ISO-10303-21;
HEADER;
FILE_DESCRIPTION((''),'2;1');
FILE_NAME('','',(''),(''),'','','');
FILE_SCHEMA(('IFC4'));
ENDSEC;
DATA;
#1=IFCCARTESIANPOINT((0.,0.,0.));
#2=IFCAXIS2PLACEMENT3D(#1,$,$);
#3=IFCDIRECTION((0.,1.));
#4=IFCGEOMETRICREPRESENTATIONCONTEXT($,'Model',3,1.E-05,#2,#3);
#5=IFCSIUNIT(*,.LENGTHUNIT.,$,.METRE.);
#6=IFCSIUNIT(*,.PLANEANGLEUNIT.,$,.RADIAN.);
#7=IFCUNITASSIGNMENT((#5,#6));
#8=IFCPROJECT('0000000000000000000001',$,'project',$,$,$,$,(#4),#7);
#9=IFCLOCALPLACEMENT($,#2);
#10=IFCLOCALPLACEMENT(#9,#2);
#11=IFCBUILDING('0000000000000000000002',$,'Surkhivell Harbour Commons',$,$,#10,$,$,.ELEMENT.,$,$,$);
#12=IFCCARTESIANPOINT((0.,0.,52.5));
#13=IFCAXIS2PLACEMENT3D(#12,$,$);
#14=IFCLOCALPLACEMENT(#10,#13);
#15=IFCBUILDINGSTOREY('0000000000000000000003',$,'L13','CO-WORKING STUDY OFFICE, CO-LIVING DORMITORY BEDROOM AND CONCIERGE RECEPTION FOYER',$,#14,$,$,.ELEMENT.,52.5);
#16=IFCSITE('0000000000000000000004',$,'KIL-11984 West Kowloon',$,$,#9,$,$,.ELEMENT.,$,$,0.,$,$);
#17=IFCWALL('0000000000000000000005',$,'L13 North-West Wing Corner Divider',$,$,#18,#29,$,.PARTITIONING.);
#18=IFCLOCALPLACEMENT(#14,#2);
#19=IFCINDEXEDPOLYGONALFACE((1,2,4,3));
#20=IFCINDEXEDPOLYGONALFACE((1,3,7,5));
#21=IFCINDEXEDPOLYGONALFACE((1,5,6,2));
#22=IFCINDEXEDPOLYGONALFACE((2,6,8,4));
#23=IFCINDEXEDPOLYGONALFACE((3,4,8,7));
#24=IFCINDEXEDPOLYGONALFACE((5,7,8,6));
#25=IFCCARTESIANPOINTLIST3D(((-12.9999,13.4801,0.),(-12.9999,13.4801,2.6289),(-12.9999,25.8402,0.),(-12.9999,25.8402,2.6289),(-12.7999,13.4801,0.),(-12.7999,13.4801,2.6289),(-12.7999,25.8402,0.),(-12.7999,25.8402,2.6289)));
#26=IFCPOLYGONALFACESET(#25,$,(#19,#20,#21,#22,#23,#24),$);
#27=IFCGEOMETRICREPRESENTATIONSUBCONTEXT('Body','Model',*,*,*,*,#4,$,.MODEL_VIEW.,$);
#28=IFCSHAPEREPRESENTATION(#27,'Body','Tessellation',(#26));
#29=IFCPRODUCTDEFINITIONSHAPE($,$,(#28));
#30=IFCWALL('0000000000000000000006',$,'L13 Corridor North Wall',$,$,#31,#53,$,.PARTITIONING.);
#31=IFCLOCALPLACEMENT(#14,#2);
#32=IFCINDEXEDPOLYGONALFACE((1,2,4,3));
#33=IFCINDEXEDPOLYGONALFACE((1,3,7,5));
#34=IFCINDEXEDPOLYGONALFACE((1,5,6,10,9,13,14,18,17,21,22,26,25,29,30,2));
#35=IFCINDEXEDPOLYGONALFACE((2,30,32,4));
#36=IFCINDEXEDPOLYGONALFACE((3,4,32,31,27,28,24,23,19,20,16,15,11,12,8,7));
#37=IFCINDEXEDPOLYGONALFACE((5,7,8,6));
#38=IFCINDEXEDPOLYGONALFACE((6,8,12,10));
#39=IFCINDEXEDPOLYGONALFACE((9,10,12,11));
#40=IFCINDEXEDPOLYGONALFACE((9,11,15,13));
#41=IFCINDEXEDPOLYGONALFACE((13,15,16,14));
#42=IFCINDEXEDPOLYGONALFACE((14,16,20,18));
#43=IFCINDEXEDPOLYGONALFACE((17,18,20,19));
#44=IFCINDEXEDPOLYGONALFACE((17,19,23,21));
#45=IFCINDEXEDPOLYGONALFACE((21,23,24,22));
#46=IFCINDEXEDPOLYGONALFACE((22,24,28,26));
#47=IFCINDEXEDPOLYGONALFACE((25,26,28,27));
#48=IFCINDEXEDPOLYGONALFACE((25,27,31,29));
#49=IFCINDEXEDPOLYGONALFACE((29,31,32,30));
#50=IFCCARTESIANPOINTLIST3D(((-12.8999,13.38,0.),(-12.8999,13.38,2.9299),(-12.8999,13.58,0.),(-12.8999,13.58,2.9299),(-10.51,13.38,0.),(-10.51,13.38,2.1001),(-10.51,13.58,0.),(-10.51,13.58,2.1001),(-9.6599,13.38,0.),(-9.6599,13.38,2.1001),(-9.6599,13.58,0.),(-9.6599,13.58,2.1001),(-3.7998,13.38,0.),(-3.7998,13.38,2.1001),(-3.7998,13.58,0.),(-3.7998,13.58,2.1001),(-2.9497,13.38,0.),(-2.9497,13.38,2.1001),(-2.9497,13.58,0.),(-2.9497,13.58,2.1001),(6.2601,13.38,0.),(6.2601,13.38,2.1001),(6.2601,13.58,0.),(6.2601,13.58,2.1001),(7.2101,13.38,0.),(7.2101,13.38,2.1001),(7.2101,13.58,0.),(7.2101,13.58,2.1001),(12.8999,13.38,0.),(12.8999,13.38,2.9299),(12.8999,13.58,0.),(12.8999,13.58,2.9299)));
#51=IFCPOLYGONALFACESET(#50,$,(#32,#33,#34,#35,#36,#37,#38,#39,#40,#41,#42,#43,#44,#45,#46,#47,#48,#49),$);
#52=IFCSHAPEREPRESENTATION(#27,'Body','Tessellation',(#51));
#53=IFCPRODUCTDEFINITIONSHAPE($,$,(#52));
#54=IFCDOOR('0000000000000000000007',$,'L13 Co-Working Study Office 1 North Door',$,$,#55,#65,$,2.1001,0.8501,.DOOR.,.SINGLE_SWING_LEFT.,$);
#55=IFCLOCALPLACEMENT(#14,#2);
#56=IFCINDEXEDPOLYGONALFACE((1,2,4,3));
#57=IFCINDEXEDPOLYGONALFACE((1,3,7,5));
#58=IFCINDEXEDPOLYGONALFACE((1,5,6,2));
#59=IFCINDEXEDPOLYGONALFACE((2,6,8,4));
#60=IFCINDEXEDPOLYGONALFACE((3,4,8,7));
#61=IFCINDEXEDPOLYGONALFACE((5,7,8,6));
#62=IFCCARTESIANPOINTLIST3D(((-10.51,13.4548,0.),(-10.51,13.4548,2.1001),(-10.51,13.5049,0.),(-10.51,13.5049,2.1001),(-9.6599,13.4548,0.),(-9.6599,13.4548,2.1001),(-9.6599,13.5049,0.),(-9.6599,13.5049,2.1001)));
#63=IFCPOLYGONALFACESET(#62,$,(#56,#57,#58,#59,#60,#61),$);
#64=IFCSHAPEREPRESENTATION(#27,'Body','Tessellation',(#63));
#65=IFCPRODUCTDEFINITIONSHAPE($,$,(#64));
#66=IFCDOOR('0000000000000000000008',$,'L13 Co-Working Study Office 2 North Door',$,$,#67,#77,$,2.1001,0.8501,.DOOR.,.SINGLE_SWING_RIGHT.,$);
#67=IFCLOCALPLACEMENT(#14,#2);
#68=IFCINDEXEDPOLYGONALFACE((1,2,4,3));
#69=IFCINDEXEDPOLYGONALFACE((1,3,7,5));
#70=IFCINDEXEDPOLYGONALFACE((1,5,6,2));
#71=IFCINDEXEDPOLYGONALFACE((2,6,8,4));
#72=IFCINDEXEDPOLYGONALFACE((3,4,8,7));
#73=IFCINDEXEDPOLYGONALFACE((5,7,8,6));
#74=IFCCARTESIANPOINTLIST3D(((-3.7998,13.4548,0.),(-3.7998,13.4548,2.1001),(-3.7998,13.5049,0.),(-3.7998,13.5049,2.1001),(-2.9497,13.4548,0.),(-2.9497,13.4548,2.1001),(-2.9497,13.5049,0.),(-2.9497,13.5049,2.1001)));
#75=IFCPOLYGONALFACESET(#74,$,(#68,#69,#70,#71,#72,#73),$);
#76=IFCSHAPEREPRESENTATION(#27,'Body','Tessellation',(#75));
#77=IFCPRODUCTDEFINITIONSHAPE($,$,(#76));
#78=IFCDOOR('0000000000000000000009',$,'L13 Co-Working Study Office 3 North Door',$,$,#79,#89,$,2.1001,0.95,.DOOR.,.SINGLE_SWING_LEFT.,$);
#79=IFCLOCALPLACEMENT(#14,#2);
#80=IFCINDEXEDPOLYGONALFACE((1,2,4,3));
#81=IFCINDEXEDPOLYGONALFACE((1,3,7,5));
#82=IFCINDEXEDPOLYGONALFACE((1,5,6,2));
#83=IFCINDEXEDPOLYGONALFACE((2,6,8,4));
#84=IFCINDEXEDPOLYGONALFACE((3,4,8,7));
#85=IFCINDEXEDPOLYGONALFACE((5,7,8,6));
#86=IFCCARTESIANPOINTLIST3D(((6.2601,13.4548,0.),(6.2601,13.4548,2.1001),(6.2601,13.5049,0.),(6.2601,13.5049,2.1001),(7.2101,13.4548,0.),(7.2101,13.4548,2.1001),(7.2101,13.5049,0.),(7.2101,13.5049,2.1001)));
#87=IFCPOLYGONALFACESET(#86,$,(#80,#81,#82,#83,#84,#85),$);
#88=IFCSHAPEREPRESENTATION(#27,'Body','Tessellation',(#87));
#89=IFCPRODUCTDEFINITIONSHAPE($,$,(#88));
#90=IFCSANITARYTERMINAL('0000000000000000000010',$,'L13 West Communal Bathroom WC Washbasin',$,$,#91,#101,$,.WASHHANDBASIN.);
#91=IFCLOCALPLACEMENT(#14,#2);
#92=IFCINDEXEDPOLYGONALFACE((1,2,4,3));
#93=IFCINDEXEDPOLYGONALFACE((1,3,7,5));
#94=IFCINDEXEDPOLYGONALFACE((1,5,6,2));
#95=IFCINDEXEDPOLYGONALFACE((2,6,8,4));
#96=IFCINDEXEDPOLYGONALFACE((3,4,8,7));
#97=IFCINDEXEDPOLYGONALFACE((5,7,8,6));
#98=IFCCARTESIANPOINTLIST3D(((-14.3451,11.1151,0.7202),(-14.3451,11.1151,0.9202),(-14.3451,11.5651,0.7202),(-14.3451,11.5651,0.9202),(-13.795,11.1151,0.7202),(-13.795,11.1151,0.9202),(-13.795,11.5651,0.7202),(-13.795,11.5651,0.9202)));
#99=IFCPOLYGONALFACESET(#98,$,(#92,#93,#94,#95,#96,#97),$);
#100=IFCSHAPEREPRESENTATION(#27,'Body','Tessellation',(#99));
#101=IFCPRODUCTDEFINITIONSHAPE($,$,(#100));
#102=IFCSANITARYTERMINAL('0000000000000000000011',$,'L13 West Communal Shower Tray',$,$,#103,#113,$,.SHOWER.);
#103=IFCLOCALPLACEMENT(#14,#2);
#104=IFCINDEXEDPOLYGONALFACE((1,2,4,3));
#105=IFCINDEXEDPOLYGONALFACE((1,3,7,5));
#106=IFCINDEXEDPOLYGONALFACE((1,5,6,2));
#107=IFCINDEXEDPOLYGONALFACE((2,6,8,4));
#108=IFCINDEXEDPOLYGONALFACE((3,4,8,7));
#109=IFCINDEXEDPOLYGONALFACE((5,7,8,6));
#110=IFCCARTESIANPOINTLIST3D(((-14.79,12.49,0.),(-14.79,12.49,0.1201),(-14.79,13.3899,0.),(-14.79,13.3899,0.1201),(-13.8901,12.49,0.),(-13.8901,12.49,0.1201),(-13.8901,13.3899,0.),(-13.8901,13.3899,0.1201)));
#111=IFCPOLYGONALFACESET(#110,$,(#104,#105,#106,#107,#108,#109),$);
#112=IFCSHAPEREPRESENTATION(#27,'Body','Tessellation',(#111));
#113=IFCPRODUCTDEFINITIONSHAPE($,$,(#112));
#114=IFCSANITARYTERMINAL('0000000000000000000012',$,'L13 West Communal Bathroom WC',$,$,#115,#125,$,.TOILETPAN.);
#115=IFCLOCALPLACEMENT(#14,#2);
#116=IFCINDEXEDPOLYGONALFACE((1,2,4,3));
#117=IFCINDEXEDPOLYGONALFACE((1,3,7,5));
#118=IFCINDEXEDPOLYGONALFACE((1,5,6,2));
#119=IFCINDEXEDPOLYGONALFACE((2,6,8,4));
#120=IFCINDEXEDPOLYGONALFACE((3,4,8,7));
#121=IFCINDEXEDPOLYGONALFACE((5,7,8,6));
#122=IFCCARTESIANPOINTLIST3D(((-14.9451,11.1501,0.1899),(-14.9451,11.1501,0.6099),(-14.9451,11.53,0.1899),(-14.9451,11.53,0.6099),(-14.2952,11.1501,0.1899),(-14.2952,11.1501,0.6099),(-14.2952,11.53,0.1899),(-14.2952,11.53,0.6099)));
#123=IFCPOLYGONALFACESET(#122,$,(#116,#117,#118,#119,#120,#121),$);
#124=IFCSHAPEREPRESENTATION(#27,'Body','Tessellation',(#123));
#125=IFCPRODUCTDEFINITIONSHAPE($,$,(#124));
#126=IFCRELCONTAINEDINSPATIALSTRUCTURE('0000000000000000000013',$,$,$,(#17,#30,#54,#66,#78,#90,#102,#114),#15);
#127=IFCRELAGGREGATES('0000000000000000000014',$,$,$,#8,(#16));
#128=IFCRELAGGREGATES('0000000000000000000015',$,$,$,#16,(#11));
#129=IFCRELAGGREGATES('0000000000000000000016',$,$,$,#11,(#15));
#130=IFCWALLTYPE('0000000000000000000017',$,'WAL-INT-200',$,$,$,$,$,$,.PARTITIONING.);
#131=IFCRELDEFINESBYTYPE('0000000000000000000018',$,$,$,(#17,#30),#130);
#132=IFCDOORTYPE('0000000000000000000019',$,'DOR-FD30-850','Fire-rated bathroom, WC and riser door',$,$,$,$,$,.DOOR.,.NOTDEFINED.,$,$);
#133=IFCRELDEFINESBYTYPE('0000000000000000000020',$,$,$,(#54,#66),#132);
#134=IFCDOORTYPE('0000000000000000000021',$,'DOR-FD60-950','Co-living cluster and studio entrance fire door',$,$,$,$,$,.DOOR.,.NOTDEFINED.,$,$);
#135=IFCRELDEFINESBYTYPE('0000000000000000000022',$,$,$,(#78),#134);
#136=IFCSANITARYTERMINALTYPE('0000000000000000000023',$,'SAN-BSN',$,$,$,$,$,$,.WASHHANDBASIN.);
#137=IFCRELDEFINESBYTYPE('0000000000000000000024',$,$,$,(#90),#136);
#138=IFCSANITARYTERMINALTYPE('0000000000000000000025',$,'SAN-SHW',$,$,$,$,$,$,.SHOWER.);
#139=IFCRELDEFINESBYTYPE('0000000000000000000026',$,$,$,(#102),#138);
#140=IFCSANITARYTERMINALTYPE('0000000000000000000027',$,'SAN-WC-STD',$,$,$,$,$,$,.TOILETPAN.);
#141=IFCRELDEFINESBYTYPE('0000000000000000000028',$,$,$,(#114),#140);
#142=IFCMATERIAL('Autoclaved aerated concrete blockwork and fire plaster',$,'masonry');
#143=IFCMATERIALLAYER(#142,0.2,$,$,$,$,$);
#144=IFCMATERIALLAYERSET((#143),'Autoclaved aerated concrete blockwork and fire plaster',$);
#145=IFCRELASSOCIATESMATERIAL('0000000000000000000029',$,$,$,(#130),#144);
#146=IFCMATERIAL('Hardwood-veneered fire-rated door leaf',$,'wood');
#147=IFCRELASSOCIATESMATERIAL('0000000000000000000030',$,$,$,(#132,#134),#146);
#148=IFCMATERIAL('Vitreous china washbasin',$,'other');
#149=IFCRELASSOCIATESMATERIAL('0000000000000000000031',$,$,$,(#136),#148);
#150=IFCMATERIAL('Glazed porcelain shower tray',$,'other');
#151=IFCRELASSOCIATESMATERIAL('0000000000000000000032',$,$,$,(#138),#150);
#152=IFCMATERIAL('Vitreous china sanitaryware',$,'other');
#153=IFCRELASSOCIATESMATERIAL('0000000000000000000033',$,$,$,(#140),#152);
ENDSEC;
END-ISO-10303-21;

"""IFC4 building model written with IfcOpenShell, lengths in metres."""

from ifc_helpers import new_model, si_unit, direction, frame, frame_2d, origin, origin_2d, place, context, subcontext, project, spatial, rectangle, extrude, material, layer, layer_set, type_object, element, fill, save


model = new_model("IFC4")

# Units and contexts
model_context = context("Model", 3, precision=1e-05, world=origin(), true_north=direction((0.0, 1.0)))
body_context = subcontext(model_context, "Body", "Model", "MODEL_VIEW")
ifc_project = project(units=[si_unit("LENGTHUNIT", "METRE"), si_unit("PLANEANGLEUNIT", "RADIAN")], contexts=[model_context])

# Site, building, storey
site_placement = place(None, origin())
site = spatial("IfcSite", under=ifc_project, at=site_placement, Name="KIL-11984 West Kowloon", CompositionType="ELEMENT", RefElevation=0.0)
building_placement = place(site_placement, origin())
building = spatial("IfcBuilding", under=site, at=building_placement, Name="Surkhivell Harbour Commons", CompositionType="ELEMENT")
storey_placement = place(building_placement, frame((0.0, 0.0, 52.5)))
storey = spatial("IfcBuildingStorey", under=building, at=storey_placement, Name="L13", Description="CO-WORKING STUDY OFFICE, CO-LIVING DORMITORY BEDROOM AND CONCIERGE RECEPTION FOYER", CompositionType="ELEMENT", Elevation=52.5)

# Shared definitions
ifc_material_1 = material(Name="Hardwood-veneered fire-rated door leaf", Category="wood")

# Wall
ifc_material_2 = material(Name="Autoclaved aerated concrete blockwork and fire plaster", Category="masonry")
ifc_layer_1 = layer(ifc_material_2, 0.2)
ifc_layer_set_1 = layer_set([ifc_layer_1], Name="Autoclaved aerated concrete blockwork and fire plaster")
wall_type_1 = type_object("IfcWallType", Name="WAL-INT-200", PredefinedType="PARTITIONING", material=ifc_layer_set_1)
wall_1_placement = place(storey_placement, frame((-12.8999, 13.48, 0.0), z_axis=(0.0, 0.0, 1.0), x_axis=(0.0, 1.0, 0.0)))
element("IfcWall", 1, at=wall_1_placement, inside=storey, type_object=wall_type_1, Name="L13 North-West Wing Corner Divider", PredefinedType="PARTITIONING", context=body_context, shape_type="SweptSolid", body=[
    extrude(rectangle(XDim=12.3601, YDim=0.2, at=frame_2d((6.1802, 0.0))), origin(), (0.0, 0.0, 1.0), 2.6289),
])

# Wall, openings, doors
wall_2_placement = place(storey_placement, frame((-12.8999, 13.48, 0.0), z_axis=(0.0, 0.0, 1.0), x_axis=(1.0, 0.0, 0.0)))
wall_2 = element("IfcWall", 2, at=wall_2_placement, inside=storey, type_object=wall_type_1, Name="L13 Corridor North Wall", PredefinedType="PARTITIONING", context=body_context, shape_type="SweptSolid", body=[
    extrude(rectangle(XDim=25.7998, YDim=0.2, at=frame_2d((12.8999, 0.0))), origin(), (0.0, 0.0, 1.0), 2.9299),
])
opening_1_placement = place(wall_2_placement, frame((2.3899, 0.0, 0.0)))
opening_1 = element("IfcOpeningElement", 3, at=opening_1_placement, cuts=wall_2, PredefinedType="OPENING", context=body_context, shape_type="SweptSolid", body=[
    extrude(rectangle(XDim=0.8501, YDim=2.1001, at=frame_2d((0.425, 1.05))), frame((0.0, 0.1099, 0.0), z_axis=(0.0, -1.0, 0.0), x_axis=(1.0, 0.0, 0.0)), (0.0, 0.0, 1.0), 0.22),
])
opening_2_placement = place(wall_2_placement, frame((9.1001, 0.0, 0.0)))
opening_2 = element("IfcOpeningElement", 4, at=opening_2_placement, cuts=wall_2, PredefinedType="OPENING", context=body_context, shape_type="SweptSolid", body=[
    extrude(rectangle(XDim=0.8501, YDim=2.1001, at=frame_2d((0.425, 1.05))), frame((0.0, 0.1099, 0.0), z_axis=(0.0, -1.0, 0.0), x_axis=(1.0, 0.0, 0.0)), (0.0, 0.0, 1.0), 0.22),
])
opening_3_placement = place(wall_2_placement, frame((19.1599, 0.0, 0.0)))
opening_3 = element("IfcOpeningElement", 5, at=opening_3_placement, cuts=wall_2, PredefinedType="OPENING", context=body_context, shape_type="SweptSolid", body=[
    extrude(rectangle(XDim=0.95, YDim=2.1001, at=frame_2d((0.4751, 1.05))), frame((0.0, 0.1099, 0.0), z_axis=(0.0, -1.0, 0.0), x_axis=(1.0, 0.0, 0.0)), (0.0, 0.0, 1.0), 0.22),
])
door_type_1 = type_object("IfcDoorType", Name="DOR-FD30-850", Description="Fire-rated bathroom, WC and riser door", OperationType="NOTDEFINED", PredefinedType="DOOR", material=ifc_material_1)
door_1_placement = place(opening_1_placement, origin())
door_1 = element("IfcDoor", 6, at=door_1_placement, inside=storey, type_object=door_type_1, Name="L13 Co-Working Study Office 1 North Door", OperationType="SINGLE_SWING_LEFT", OverallHeight=2.1001, OverallWidth=0.8501, PredefinedType="DOOR", context=body_context, shape_type="SweptSolid", body=[
    extrude(rectangle(XDim=0.8501, YDim=2.1001, at=frame_2d((0.425, 1.05))), frame((0.0, 0.0249, 0.0), z_axis=(0.0, -1.0, 0.0), x_axis=(1.0, 0.0, 0.0)), (0.0, 0.0, 1.0), 0.05),
])
fill(opening_1, door_1)
door_2_placement = place(opening_2_placement, origin())
door_2 = element("IfcDoor", 7, at=door_2_placement, inside=storey, type_object=door_type_1, Name="L13 Co-Working Study Office 2 North Door", OperationType="SINGLE_SWING_RIGHT", OverallHeight=2.1001, OverallWidth=0.8501, PredefinedType="DOOR", context=body_context, shape_type="SweptSolid", body=[
    extrude(rectangle(XDim=0.8501, YDim=2.1001, at=frame_2d((0.425, 1.05))), frame((0.0, 0.0249, 0.0), z_axis=(0.0, -1.0, 0.0), x_axis=(1.0, 0.0, 0.0)), (0.0, 0.0, 1.0), 0.05),
])
fill(opening_2, door_2)
door_type_2 = type_object("IfcDoorType", Name="DOR-FD60-950", Description="Co-living cluster and studio entrance fire door", OperationType="NOTDEFINED", PredefinedType="DOOR", material=ifc_material_1)
door_3_placement = place(opening_3_placement, origin())
door_3 = element("IfcDoor", 8, at=door_3_placement, inside=storey, type_object=door_type_2, Name="L13 Co-Working Study Office 3 North Door", OperationType="SINGLE_SWING_LEFT", OverallHeight=2.1001, OverallWidth=0.95, PredefinedType="DOOR", context=body_context, shape_type="SweptSolid", body=[
    extrude(rectangle(XDim=0.95, YDim=2.1001, at=frame_2d((0.4751, 1.05))), frame((0.0, 0.0249, 0.0), z_axis=(0.0, -1.0, 0.0), x_axis=(1.0, 0.0, 0.0)), (0.0, 0.0, 1.0), 0.05),
])
fill(opening_3, door_3)

# Sanitary terminals
ifc_material_3 = material(Name="Vitreous china washbasin", Category="other")
sanitary_terminal_type_1 = type_object("IfcSanitaryTerminalType", Name="SAN-BSN", PredefinedType="WASHHANDBASIN", material=ifc_material_3)
sanitary_terminal_1_placement = place(storey_placement, frame((-14.0701, 11.3401, 0.7202), z_axis=(0.0, 0.0, 1.0), x_axis=(1.0, 0.0, 0.0)))
element("IfcSanitaryTerminal", 9, at=sanitary_terminal_1_placement, inside=storey, type_object=sanitary_terminal_type_1, Name="L13 West Communal Bathroom WC Washbasin", PredefinedType="WASHHANDBASIN", context=body_context, shape_type="SweptSolid", body=[
    extrude(rectangle(XDim=0.55, YDim=0.45, at=origin_2d()), origin(), (0.0, 0.0, 1.0), 0.2),
])
ifc_material_4 = material(Name="Glazed porcelain shower tray", Category="other")
sanitary_terminal_type_2 = type_object("IfcSanitaryTerminalType", Name="SAN-SHW", PredefinedType="SHOWER", material=ifc_material_4)
sanitary_terminal_2_placement = place(storey_placement, frame((-14.3401, 12.9399, 0.0), z_axis=(0.0, 0.0, 1.0), x_axis=(1.0, 0.0, 0.0)))
element("IfcSanitaryTerminal", 10, at=sanitary_terminal_2_placement, inside=storey, type_object=sanitary_terminal_type_2, Name="L13 West Communal Shower Tray", PredefinedType="SHOWER", context=body_context, shape_type="SweptSolid", body=[
    extrude(rectangle(XDim=0.8999, YDim=0.8999, at=origin_2d()), origin(), (0.0, 0.0, 1.0), 0.1201),
])
ifc_material_5 = material(Name="Vitreous china sanitaryware", Category="other")
sanitary_terminal_type_3 = type_object("IfcSanitaryTerminalType", Name="SAN-WC-STD", PredefinedType="TOILETPAN", material=ifc_material_5)
sanitary_terminal_3_placement = place(storey_placement, frame((-14.6201, 11.3401, 0.1899), z_axis=(0.0, 0.0, 1.0), x_axis=(1.0, 0.0, 0.0)))
element("IfcSanitaryTerminal", 11, at=sanitary_terminal_3_placement, inside=storey, type_object=sanitary_terminal_type_3, Name="L13 West Communal Bathroom WC", PredefinedType="TOILETPAN", context=body_context, shape_type="SweptSolid", body=[
    extrude(rectangle(XDim=0.6499, YDim=0.3799, at=origin_2d()), origin(), (0.0, 0.0, 1.0), 0.4199),
])

save(model, "model.ifc")
